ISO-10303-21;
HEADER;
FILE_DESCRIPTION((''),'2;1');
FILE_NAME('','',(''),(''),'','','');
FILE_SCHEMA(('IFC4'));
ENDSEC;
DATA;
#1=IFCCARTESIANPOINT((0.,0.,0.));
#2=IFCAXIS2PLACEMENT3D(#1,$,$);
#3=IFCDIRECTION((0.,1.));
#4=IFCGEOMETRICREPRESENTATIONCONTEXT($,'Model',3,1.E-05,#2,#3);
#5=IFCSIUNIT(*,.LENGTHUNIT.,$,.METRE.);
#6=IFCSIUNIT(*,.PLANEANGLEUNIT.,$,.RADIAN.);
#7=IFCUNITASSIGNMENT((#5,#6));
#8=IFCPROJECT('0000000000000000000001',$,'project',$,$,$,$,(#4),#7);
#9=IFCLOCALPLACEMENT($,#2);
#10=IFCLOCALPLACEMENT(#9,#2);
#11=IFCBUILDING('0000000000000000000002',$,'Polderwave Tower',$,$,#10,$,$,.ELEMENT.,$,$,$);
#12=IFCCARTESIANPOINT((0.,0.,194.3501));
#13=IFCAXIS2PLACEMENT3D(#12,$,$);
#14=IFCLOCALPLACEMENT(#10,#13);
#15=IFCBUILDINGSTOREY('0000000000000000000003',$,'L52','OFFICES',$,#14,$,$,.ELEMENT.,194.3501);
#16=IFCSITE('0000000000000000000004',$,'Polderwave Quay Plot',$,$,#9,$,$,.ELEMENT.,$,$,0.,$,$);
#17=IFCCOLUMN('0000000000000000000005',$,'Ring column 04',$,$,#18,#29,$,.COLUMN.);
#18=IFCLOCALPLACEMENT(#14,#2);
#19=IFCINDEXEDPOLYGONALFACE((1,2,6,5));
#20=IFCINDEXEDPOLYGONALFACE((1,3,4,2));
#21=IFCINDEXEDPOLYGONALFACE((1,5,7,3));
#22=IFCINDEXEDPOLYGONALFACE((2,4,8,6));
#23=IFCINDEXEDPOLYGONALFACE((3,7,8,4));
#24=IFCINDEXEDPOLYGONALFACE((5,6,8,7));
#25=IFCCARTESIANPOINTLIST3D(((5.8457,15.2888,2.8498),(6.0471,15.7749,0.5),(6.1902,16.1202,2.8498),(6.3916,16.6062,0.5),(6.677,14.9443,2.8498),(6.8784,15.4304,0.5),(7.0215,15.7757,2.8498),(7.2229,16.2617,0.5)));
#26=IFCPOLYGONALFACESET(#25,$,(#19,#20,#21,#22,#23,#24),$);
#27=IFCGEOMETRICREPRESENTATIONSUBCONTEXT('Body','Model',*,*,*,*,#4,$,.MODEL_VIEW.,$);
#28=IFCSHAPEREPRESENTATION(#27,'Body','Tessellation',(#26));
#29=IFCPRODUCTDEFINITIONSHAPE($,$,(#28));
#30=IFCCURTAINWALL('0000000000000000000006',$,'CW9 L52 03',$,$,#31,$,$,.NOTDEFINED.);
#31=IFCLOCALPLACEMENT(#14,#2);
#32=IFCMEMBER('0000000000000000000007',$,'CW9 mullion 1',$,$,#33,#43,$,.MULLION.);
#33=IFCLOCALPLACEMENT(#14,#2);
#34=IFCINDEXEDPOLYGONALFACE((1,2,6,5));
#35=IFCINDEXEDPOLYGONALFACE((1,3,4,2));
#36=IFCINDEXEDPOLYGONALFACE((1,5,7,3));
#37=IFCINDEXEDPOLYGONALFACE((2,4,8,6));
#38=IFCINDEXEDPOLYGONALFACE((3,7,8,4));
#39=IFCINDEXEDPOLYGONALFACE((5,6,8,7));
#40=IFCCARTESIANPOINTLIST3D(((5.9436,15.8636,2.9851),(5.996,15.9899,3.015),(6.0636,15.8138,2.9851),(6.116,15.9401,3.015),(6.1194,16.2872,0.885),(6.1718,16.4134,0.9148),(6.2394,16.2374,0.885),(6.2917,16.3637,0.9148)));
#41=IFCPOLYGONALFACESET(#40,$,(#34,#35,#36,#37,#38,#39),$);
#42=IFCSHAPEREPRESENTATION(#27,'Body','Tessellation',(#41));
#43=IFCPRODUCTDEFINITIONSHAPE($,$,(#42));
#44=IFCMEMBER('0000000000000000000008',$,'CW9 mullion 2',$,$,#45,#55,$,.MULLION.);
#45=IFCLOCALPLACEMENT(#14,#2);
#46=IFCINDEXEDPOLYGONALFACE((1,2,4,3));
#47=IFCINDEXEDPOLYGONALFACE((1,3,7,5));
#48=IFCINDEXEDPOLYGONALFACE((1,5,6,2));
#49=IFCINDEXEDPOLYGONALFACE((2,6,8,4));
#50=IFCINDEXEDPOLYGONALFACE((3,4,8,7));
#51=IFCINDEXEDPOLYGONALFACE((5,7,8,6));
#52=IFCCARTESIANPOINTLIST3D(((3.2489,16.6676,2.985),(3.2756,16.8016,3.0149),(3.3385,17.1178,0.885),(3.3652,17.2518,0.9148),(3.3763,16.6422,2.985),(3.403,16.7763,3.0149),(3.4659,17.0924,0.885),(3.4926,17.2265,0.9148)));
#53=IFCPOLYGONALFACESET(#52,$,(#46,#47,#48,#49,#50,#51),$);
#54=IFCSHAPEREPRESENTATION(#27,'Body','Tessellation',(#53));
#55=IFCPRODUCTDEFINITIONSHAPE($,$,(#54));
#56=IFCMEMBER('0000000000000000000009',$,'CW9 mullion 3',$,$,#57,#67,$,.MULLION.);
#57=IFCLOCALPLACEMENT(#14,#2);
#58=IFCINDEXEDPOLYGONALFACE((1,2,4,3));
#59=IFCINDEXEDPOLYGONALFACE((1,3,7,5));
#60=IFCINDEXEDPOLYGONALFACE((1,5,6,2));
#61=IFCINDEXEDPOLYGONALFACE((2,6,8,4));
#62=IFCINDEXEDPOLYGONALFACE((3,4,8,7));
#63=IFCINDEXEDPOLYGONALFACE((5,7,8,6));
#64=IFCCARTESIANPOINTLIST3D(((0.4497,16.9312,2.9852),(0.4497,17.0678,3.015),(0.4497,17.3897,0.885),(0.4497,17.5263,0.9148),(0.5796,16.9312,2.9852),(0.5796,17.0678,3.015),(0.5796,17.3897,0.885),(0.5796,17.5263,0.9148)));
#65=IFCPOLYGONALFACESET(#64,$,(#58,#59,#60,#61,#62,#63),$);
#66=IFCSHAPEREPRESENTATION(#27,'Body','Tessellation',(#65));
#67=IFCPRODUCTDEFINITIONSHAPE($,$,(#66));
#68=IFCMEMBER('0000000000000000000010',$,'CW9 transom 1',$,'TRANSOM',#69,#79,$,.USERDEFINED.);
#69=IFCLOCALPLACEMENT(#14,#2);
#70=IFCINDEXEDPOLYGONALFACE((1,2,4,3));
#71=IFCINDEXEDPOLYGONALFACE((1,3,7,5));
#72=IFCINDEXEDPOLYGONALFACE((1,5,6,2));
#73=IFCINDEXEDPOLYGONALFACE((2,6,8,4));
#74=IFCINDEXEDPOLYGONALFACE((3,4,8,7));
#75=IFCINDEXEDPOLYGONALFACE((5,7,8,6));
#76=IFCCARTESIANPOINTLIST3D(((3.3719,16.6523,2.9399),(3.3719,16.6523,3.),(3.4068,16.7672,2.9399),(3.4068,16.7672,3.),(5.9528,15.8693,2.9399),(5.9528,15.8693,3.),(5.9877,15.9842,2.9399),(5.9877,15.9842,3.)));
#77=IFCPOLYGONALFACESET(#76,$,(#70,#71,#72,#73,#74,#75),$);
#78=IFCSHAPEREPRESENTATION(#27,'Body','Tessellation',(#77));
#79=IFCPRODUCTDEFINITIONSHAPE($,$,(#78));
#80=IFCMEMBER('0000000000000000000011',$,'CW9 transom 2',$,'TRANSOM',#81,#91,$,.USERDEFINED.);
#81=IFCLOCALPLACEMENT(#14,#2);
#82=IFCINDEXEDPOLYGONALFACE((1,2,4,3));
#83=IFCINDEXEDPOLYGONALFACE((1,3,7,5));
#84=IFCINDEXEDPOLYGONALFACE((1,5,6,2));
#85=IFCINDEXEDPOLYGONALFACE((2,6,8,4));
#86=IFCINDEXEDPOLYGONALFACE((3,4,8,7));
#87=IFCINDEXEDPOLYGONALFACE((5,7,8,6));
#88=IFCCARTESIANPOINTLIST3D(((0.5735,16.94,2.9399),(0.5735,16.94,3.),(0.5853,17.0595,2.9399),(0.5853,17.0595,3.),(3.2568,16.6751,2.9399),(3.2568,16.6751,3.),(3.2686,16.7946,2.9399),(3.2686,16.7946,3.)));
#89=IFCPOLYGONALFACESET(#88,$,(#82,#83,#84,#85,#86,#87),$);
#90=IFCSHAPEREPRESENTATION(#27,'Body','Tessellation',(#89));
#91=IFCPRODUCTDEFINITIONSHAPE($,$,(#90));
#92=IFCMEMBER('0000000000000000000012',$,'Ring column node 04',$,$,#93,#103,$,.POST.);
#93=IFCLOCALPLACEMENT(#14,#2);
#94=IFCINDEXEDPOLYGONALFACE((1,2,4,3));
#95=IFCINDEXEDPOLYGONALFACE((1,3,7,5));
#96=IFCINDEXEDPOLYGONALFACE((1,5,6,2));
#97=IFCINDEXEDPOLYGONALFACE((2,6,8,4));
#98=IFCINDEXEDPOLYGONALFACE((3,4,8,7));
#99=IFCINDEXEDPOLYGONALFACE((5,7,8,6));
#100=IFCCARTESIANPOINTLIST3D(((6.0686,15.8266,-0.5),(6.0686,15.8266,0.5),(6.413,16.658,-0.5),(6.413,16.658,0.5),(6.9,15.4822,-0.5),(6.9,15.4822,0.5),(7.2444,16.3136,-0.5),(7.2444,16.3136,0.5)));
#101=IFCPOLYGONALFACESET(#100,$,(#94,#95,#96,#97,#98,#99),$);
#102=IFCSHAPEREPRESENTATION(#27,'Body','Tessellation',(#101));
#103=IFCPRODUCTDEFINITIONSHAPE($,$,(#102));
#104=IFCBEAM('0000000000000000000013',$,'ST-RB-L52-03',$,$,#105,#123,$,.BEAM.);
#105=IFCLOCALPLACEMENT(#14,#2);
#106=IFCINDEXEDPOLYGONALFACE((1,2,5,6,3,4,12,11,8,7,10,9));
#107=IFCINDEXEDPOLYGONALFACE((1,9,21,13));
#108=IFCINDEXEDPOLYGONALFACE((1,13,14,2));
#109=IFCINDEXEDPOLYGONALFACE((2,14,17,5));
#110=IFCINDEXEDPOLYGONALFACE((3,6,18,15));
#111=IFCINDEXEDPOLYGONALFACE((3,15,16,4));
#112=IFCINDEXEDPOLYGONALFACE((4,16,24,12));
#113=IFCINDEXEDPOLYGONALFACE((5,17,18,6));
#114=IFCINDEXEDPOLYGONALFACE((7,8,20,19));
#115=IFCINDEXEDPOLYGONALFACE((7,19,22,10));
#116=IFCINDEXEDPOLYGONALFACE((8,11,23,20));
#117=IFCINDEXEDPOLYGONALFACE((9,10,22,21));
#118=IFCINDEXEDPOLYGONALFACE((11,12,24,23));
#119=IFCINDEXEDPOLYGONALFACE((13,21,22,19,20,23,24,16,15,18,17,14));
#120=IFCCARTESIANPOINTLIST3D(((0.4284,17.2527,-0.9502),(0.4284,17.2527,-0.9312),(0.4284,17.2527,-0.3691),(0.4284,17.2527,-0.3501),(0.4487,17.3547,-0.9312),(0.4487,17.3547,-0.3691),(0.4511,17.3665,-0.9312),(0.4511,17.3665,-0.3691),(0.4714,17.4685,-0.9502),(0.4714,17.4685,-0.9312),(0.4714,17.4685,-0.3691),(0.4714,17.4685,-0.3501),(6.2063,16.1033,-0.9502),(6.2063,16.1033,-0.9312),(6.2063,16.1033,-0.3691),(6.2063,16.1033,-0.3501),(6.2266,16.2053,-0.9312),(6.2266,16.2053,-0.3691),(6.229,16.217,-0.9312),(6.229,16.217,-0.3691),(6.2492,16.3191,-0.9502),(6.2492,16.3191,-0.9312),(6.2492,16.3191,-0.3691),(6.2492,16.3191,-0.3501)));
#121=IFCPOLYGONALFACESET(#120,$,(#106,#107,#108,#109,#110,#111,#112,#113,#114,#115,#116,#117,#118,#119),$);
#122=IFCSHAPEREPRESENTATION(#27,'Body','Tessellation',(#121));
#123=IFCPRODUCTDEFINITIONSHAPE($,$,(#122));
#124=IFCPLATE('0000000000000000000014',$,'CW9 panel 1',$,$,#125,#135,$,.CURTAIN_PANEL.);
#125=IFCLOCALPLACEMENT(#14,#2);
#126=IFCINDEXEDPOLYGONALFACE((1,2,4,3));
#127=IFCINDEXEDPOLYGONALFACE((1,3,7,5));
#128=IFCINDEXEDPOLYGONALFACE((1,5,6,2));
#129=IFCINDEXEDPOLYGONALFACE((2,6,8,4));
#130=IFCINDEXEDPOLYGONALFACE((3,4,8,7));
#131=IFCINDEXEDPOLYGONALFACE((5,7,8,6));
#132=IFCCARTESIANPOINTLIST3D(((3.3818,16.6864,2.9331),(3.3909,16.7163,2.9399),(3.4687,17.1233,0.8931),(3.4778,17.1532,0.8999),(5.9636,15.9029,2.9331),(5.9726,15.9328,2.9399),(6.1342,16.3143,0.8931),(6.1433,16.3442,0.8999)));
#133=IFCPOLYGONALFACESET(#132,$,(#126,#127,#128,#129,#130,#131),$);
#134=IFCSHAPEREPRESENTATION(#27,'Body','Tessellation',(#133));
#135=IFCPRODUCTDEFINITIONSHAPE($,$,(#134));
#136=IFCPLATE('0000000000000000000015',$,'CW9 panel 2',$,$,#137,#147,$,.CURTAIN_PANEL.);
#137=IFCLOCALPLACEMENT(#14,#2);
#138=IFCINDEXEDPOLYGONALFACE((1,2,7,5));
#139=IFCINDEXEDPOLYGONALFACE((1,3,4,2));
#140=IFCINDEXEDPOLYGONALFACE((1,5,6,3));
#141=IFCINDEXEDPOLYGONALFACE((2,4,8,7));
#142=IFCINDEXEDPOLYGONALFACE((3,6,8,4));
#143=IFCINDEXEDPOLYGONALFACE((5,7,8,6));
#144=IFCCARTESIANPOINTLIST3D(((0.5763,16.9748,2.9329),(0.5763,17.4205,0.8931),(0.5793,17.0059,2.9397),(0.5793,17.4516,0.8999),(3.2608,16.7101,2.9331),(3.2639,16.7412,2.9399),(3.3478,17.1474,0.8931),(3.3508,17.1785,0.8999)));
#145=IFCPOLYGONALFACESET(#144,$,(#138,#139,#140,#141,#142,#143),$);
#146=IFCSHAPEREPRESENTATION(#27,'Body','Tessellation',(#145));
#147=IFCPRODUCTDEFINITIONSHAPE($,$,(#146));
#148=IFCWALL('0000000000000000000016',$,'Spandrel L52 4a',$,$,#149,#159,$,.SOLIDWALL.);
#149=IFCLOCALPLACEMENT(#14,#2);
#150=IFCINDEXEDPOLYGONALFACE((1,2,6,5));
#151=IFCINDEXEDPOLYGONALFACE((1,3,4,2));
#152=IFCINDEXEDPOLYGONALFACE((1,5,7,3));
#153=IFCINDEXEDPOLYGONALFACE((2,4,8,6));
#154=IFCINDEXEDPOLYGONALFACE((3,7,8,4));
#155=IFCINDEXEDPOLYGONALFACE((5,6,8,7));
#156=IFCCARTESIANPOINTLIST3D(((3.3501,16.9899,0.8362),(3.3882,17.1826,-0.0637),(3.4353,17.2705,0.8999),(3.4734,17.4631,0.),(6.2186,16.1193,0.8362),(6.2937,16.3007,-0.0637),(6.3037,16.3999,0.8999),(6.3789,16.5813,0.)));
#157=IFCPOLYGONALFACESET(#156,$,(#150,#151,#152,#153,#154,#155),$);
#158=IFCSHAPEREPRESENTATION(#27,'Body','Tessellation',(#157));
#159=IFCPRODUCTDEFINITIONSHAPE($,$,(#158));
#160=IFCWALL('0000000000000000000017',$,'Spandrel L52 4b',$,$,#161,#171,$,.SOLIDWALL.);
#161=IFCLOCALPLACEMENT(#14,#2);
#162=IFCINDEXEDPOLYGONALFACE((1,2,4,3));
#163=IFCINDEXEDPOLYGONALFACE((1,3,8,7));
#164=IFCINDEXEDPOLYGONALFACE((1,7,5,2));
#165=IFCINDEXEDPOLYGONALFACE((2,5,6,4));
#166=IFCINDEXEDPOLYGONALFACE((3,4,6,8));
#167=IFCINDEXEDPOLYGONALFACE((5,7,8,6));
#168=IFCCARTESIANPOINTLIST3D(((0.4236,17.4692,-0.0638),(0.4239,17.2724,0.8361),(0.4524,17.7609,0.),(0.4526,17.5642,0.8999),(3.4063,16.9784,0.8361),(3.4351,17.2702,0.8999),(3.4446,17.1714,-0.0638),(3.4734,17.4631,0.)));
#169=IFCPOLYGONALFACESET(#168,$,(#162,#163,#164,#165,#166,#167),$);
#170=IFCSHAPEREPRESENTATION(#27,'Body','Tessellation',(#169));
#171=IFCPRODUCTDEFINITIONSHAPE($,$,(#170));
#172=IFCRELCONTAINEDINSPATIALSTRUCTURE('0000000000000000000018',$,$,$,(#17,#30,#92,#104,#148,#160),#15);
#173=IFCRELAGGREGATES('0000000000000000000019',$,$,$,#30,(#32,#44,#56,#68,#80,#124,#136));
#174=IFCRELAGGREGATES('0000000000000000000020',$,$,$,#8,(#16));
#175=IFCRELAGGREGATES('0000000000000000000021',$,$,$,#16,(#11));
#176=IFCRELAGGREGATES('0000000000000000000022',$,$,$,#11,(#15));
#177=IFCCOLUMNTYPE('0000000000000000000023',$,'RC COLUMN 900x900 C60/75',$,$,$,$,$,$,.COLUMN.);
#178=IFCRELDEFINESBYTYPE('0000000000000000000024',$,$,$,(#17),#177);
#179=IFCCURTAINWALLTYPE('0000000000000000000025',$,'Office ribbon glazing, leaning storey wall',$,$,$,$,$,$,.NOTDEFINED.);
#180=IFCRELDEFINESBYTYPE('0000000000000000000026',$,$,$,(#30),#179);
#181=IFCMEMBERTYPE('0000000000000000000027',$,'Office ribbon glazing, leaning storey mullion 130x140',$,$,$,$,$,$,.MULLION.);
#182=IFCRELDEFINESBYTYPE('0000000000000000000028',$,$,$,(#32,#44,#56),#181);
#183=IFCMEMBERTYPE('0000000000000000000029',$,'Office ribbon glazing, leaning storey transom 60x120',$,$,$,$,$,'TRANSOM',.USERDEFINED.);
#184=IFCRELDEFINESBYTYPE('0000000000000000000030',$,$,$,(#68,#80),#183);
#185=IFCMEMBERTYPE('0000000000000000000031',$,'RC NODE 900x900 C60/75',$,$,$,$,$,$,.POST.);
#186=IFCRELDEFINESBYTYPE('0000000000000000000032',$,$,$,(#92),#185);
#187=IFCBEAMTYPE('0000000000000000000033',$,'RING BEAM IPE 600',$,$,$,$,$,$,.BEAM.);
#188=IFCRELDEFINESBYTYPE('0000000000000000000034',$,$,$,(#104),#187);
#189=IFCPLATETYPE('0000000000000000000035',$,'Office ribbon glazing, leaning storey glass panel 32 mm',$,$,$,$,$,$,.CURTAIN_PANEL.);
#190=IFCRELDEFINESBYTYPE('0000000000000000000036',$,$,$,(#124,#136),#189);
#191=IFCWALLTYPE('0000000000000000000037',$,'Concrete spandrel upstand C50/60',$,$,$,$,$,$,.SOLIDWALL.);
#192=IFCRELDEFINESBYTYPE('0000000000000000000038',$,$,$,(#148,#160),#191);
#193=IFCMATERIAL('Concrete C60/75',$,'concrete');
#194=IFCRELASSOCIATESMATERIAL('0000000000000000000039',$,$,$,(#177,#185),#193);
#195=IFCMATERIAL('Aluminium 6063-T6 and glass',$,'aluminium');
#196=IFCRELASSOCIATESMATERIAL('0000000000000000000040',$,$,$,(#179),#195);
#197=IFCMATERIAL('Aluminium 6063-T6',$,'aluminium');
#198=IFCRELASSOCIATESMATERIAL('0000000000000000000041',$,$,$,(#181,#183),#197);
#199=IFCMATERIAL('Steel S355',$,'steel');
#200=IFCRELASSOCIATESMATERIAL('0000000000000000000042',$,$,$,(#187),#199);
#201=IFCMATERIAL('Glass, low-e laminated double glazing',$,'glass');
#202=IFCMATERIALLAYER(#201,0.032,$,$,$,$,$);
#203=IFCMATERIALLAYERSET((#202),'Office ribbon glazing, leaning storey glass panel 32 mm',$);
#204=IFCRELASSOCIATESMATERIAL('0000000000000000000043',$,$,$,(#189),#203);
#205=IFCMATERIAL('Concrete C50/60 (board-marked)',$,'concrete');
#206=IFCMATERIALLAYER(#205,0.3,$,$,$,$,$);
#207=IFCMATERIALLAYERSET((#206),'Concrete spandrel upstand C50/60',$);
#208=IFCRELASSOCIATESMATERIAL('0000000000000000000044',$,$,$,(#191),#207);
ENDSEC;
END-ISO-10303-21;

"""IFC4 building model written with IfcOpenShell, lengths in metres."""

from ifc_helpers import new_model, si_unit, direction, frame, origin, origin_2d, place, context, subcontext, project, spatial, polyline, rectangle, i_section, outline, extrude, material, layer, layer_set, material_profile, profile_set, type_object, element, aggregate, save


model = new_model("IFC4")

# Units and contexts
model_context = context("Model", 3, precision=1e-05, world=origin(), true_north=direction((0.0, 1.0)))
body_context = subcontext(model_context, "Body", "Model", "MODEL_VIEW")
ifc_project = project(units=[si_unit("LENGTHUNIT", "METRE"), si_unit("PLANEANGLEUNIT", "RADIAN")], contexts=[model_context])

# Site, building, storey
site_placement = place(None, origin())
site = spatial("IfcSite", under=ifc_project, at=site_placement, Name="Polderwave Quay Plot", CompositionType="ELEMENT", RefElevation=0.0)
building_placement = place(site_placement, origin())
building = spatial("IfcBuilding", under=site, at=building_placement, Name="Polderwave Tower", CompositionType="ELEMENT")
storey_placement = place(building_placement, frame((0.0, 0.0, 194.3501)))
storey = spatial("IfcBuildingStorey", under=building, at=storey_placement, Name="L52", Description="OFFICES", CompositionType="ELEMENT", Elevation=194.3501)

# Column
ifc_material_1 = material(Name="Concrete C60/75", Category="concrete")
ifc_material_profile_1 = material_profile(ifc_material_1, rectangle(XDim=0.8999, YDim=0.8999, at=origin_2d()), Name="RC 900x900")
ifc_profile_set_1 = profile_set([ifc_material_profile_1], Name="Concrete C60/75")
column_type = type_object("IfcColumnType", Name="RC COLUMN 900x900 C60/75", PredefinedType="COLUMN", material=ifc_profile_set_1)
column_placement = place(storey_placement, frame((6.635, 16.0183, 0.5), z_axis=(0.0, 0.0, 1.0), x_axis=(0.92383, -0.382803, 0.0)))
element("IfcColumn", 1, at=column_placement, inside=storey, type_object=column_type, Name="Ring column 04", PredefinedType="COLUMN", context=body_context, shape_type="SweptSolid", body=[
    extrude(rectangle(XDim=0.8999, YDim=0.8999, at=origin_2d()), origin(), (0.0, -0.218502, 0.975836), 2.408),
])

# Curtain wall, members
ifc_material_2 = material(Name="Aluminium 6063-T6 and glass", Category="aluminium")
curtain_wall_type = type_object("IfcCurtainWallType", Name="Office ribbon glazing, leaning storey wall", PredefinedType="NOTDEFINED", material=ifc_material_2)
curtain_wall_placement = place(storey_placement, origin())
curtain_wall = element("IfcCurtainWall", 2, at=curtain_wall_placement, inside=storey, type_object=curtain_wall_type, Name="CW9 L52 03", PredefinedType="NOTDEFINED")
ifc_material_3 = material(Name="Aluminium 6063-T6", Category="aluminium")
ifc_material_profile_2 = material_profile(ifc_material_3, rectangle(XDim=0.1299, YDim=0.1399, at=origin_2d()), Name="AL 130x140")
ifc_profile_set_2 = profile_set([ifc_material_profile_2], Name="Aluminium 6063-T6")
member_type_1 = type_object("IfcMemberType", Name="Office ribbon glazing, leaning storey mullion 130x140", PredefinedType="MULLION", material=ifc_profile_set_2)
member_1_placement = place(storey_placement, frame((6.2056, 16.3254, 0.8999), z_axis=(-0.081774, -0.197053, 0.976976), x_axis=(0.923627, -0.383292, 0.0)))
member_1 = element("IfcMember", 3, at=member_1_placement, type_object=member_type_1, Name="CW9 mullion 1", PredefinedType="MULLION", context=body_context, shape_type="SweptSolid", body=[
    extrude(rectangle(XDim=0.1299, YDim=0.1399, at=origin_2d()), origin(), (0.0, 0.0, 1.0), 2.1497),
])
member_2_placement = place(storey_placement, frame((3.4155, 17.1721, 0.8999), z_axis=(-0.04168, -0.209425, 0.976936), x_axis=(0.980764, -0.195196, 0.0)))
member_2 = element("IfcMember", 4, at=member_2_placement, type_object=member_type_1, Name="CW9 mullion 2", PredefinedType="MULLION", context=body_context, shape_type="SweptSolid", body=[
    extrude(rectangle(XDim=0.1299, YDim=0.1399, at=origin_2d()), origin(), (0.0, 0.0, 1.0), 2.1497),
])
member_3_placement = place(storey_placement, frame((0.5146, 17.458, 0.8999), z_axis=(0.0, -0.213297, 0.976987), x_axis=(1.0, 0.0, 0.0)))
member_3 = element("IfcMember", 5, at=member_3_placement, type_object=member_type_1, Name="CW9 mullion 3", PredefinedType="MULLION", context=body_context, shape_type="SweptSolid", body=[
    extrude(rectangle(XDim=0.1299, YDim=0.1399, at=origin_2d()), origin(), (0.0, 0.0, 1.0), 2.1497),
])
ifc_material_profile_3 = material_profile(ifc_material_3, rectangle(XDim=0.1201, YDim=0.0601, at=origin_2d()), Name="AL 60x120")
ifc_profile_set_3 = profile_set([ifc_material_profile_3], Name="Aluminium 6063-T6")
member_type_2 = type_object("IfcMemberType", Name="Office ribbon glazing, leaning storey transom 60x120", ElementType="TRANSOM", PredefinedType="USERDEFINED", material=ifc_profile_set_3)
member_4_placement = place(storey_placement, frame((5.9702, 15.9268, 2.97), z_axis=(-0.956932, 0.290311, 0.0), x_axis=(-0.290311, -0.956932, 0.0)))
member_4 = element("IfcMember", 6, at=member_4_placement, type_object=member_type_2, Name="CW9 transom 1", ObjectType="TRANSOM", PredefinedType="USERDEFINED", context=body_context, shape_type="SweptSolid", body=[
    extrude(rectangle(XDim=0.1201, YDim=0.0601, at=origin_2d()), origin(), (0.0, 0.0, 1.0), 2.697),
])
member_5_placement = place(storey_placement, frame((3.2627, 16.7349, 2.97), z_axis=(-0.995163, 0.09824, 0.0), x_axis=(-0.09824, -0.995163, 0.0)))
member_5 = element("IfcMember", 7, at=member_5_placement, type_object=member_type_2, Name="CW9 transom 2", ObjectType="TRANSOM", PredefinedType="USERDEFINED", context=body_context, shape_type="SweptSolid", body=[
    extrude(rectangle(XDim=0.1201, YDim=0.0601, at=origin_2d()), origin(), (0.0, 0.0, 1.0), 2.6963),
])

# Member
ifc_material_profile_4 = material_profile(ifc_material_1, rectangle(XDim=0.8999, YDim=0.8999, at=origin_2d()), Name="RC 900x900")
ifc_profile_set_4 = profile_set([ifc_material_profile_4], Name="Concrete C60/75")
member_type_3 = type_object("IfcMemberType", Name="RC NODE 900x900 C60/75", PredefinedType="POST", material=ifc_profile_set_4)
member_6_placement = place(storey_placement, frame((6.6565, 16.0701, -0.5), z_axis=(0.0, 0.0, 1.0), x_axis=(0.382683, 0.92388, 0.0)))
element("IfcMember", 8, at=member_6_placement, inside=storey, type_object=member_type_3, Name="Ring column node 04", PredefinedType="POST", context=body_context, shape_type="SweptSolid", body=[
    extrude(rectangle(XDim=0.8999, YDim=0.8999, at=origin_2d()), origin(), (0.0, 0.0, 1.0), 1.0),
])

# Beam
ifc_material_4 = material(Name="Steel S355", Category="steel")
ifc_material_profile_5 = material_profile(ifc_material_4, i_section(OverallWidth=0.22, OverallDepth=0.6001, WebThickness=0.012, FlangeThickness=0.019, at=origin_2d()), Name="IPE 600")
ifc_profile_set_5 = profile_set([ifc_material_profile_5], Name="Steel S355")
beam_type = type_object("IfcBeamType", Name="RING BEAM IPE 600", PredefinedType="BEAM", material=ifc_profile_set_5)
beam_placement = place(storey_placement, frame((6.2278, 16.2112, -0.6501), z_axis=(-0.980781, 0.195112, 0.0), x_axis=(-0.195112, -0.980781, 0.0)))
element("IfcBeam", 9, at=beam_placement, inside=storey, type_object=beam_type, Name="ST-RB-L52-03", PredefinedType="BEAM", context=body_context, shape_type="SweptSolid", body=[
    extrude(i_section(OverallWidth=0.22, OverallDepth=0.6001, WebThickness=0.012, FlangeThickness=0.019, at=origin_2d()), origin(), (0.0, 0.0, 1.0), 5.8911),
])

# Plates
ifc_material_5 = material(Name="Glass, low-e laminated double glazing", Category="glass")
ifc_layer_1 = layer(ifc_material_5, 0.032)
ifc_layer_set_1 = layer_set([ifc_layer_1], Name="Office ribbon glazing, leaning storey glass panel 32 mm")
plate_type = type_object("IfcPlateType", Name="Office ribbon glazing, leaning storey glass panel 32 mm", PredefinedType="CURTAIN_PANEL", material=ifc_layer_set_1)
plate_1_placement = place(storey_placement, frame((6.1433, 16.3442, 0.8999), z_axis=(0.283791, 0.935078, 0.21235), x_axis=(-0.956901, 0.290416, -0.000008)))
plate_1 = element("IfcPlate", 10, at=plate_1_placement, type_object=plate_type, Name="CW9 panel 1", PredefinedType="CURTAIN_PANEL", context=body_context, shape_type="SweptSolid", body=[
    extrude(outline(polyline([(0.0, 0.0), (2.7856, 0.0), (2.7419, 2.0877), (0.0438, 2.0876), (0.0, 0.0)])), origin(), (0.0, 0.0, -1.0), 0.032),
])
plate_2_placement = place(storey_placement, frame((3.3508, 17.1785, 0.8999), z_axis=(0.095851, 0.972444, 0.212522), x_axis=(-0.995177, 0.098092, -0.000001)))
plate_2 = element("IfcPlate", 11, at=plate_2_placement, type_object=plate_type, Name="CW9 panel 2", PredefinedType="CURTAIN_PANEL", context=body_context, shape_type="SweptSolid", body=[
    extrude(outline(polyline([(0.0, 0.0), (2.7849, 0.0), (2.7412, 2.0875), (0.0436, 2.0877), (0.0, 0.0)])), origin(), (0.0, 0.0, -1.0), 0.032),
])
aggregate(curtain_wall, [member_1, member_2, member_3, member_4, member_5, plate_1, plate_2])

# Walls
ifc_material_6 = material(Name="Concrete C50/60 (board-marked)", Category="concrete")
ifc_layer_2 = layer(ifc_material_6, 0.3)
ifc_layer_set_2 = layer_set([ifc_layer_2], Name="Concrete spandrel upstand C50/60")
wall_type_1 = type_object("IfcWallType", Name="Concrete spandrel upstand C50/60", PredefinedType="SOLIDWALL", material=ifc_layer_set_2)
wall_1_placement = place(storey_placement, frame((6.3789, 16.5813, 0.0), z_axis=(0.283814, 0.935107, 0.212191), x_axis=(-0.956897, 0.290427, 0.000001)))
element("IfcWall", 12, at=wall_1_placement, inside=storey, type_object=wall_type_1, Name="Spandrel L52 4a", PredefinedType="SOLIDWALL", context=body_context, shape_type="SweptSolid", body=[
    extrude(outline(polyline([(0.0, 0.0), (3.0364, 0.0), (3.0169, 0.9209), (0.0193, 0.9209), (0.0, 0.0)])), origin(), (0.0, 0.0, -1.0), 0.3),
])
wall_2_placement = place(storey_placement, frame((3.4734, 17.4631, 0.0), z_axis=(0.095859, 0.972436, 0.212556), x_axis=(-0.995176, 0.098102, -0.000004)))
element("IfcWall", 13, at=wall_2_placement, inside=storey, type_object=wall_type_1, Name="Spandrel L52 4b", PredefinedType="SOLIDWALL", context=body_context, shape_type="SweptSolid", body=[
    extrude(outline(polyline([(0.0, 0.0), (3.0356, 0.0), (3.0161, 0.921), (0.0192, 0.9209), (0.0, 0.0)])), origin(), (0.0, 0.0, -1.0), 0.3),
])

save(model, "model.ifc")
